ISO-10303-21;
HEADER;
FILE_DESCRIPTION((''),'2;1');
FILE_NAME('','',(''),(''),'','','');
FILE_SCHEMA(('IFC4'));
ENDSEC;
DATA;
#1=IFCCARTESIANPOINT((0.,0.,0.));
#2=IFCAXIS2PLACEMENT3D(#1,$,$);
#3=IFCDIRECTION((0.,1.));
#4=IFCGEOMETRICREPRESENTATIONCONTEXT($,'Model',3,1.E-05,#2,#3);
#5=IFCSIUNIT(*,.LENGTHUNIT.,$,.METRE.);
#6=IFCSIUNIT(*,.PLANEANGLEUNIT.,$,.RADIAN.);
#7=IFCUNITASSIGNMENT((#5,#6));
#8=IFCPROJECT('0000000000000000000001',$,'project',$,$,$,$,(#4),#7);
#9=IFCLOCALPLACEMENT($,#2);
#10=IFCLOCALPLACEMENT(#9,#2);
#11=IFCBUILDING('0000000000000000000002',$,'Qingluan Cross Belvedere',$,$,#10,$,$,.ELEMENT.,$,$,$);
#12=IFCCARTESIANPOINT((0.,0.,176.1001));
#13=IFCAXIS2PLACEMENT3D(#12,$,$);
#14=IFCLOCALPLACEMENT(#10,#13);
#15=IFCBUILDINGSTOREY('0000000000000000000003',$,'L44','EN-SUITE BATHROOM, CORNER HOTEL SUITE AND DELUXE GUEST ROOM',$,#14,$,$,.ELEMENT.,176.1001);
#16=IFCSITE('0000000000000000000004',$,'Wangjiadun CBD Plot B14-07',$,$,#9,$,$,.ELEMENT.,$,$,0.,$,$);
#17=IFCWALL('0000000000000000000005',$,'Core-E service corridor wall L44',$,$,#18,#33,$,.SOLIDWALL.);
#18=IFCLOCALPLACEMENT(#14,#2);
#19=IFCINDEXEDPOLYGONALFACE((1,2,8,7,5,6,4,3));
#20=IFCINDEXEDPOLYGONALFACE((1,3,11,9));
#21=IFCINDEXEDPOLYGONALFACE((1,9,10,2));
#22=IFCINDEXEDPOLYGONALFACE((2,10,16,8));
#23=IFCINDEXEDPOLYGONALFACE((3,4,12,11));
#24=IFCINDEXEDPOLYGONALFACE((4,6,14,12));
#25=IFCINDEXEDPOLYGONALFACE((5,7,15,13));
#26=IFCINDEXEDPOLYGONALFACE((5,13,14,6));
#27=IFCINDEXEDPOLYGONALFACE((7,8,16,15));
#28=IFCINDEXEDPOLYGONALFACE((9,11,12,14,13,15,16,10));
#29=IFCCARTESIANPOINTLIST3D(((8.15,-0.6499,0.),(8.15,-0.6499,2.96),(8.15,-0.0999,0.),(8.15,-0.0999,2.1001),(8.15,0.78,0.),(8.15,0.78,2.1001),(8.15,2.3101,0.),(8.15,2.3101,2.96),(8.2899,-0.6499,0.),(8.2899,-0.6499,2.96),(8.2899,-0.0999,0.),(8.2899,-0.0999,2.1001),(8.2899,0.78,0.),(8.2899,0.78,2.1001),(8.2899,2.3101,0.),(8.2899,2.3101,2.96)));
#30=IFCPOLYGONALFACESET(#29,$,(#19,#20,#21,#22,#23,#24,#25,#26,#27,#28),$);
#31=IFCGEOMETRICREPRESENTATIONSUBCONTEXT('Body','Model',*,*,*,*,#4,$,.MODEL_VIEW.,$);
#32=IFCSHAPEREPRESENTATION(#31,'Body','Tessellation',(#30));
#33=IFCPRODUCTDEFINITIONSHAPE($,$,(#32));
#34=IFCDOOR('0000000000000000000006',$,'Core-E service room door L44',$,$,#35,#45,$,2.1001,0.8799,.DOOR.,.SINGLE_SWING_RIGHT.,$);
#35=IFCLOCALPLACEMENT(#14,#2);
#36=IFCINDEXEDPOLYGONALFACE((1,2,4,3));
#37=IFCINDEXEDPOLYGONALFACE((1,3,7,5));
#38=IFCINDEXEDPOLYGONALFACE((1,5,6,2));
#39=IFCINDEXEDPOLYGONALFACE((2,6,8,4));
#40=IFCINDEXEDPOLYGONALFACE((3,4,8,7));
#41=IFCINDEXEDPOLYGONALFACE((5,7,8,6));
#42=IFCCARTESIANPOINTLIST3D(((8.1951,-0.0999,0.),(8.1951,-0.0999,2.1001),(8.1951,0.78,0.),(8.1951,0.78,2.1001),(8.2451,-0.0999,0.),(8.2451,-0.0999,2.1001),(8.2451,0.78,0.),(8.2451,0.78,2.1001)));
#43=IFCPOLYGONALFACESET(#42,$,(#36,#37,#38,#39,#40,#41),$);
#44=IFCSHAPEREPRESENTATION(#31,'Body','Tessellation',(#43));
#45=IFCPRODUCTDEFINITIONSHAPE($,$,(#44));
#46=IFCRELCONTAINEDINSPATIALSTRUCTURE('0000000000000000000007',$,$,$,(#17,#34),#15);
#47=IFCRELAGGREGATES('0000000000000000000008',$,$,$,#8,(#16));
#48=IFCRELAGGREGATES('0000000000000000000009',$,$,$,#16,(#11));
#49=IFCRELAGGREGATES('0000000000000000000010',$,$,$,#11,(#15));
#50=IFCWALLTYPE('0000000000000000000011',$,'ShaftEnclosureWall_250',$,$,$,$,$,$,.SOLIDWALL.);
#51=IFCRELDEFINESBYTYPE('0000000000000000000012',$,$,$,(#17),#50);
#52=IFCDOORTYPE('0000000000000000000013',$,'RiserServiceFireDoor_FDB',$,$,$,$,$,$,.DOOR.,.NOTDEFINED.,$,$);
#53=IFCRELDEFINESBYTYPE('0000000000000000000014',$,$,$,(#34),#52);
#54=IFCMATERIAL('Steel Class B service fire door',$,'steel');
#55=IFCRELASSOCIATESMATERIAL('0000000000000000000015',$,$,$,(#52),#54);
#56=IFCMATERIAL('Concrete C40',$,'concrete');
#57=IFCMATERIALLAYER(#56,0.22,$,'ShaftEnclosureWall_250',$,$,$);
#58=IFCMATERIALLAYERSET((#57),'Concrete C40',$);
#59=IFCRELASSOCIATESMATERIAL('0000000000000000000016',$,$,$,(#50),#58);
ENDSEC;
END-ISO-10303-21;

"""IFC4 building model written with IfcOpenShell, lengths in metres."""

from ifc_helpers import new_model, si_unit, direction, frame, frame_2d, origin, place, context, subcontext, project, spatial, rectangle, extrude, material, layer, layer_set, type_object, element, fill, save


model = new_model("IFC4")

# Units and contexts
model_context = context("Model", 3, precision=1e-05, world=origin(), true_north=direction((0.0, 1.0)))
body_context = subcontext(model_context, "Body", "Model", "MODEL_VIEW")
ifc_project = project(units=[si_unit("LENGTHUNIT", "METRE"), si_unit("PLANEANGLEUNIT", "RADIAN")], contexts=[model_context])

# Site, building, storey
site_placement = place(None, origin())
site = spatial("IfcSite", under=ifc_project, at=site_placement, Name="Wangjiadun CBD Plot B14-07", CompositionType="ELEMENT", RefElevation=0.0)
building_placement = place(site_placement, origin())
building = spatial("IfcBuilding", under=site, at=building_placement, Name="Qingluan Cross Belvedere", CompositionType="ELEMENT")
storey_placement = place(building_placement, frame((0.0, 0.0, 176.1001)))
storey = spatial("IfcBuildingStorey", under=building, at=storey_placement, Name="L44", Description="EN-SUITE BATHROOM, CORNER HOTEL SUITE AND DELUXE GUEST ROOM", CompositionType="ELEMENT", Elevation=176.1001)

# Shared definitions
ifc_material_1 = material(Name="Steel Class B service fire door", Category="steel")
door_type_1 = type_object("IfcDoorType", Name="RiserServiceFireDoor_FDB", OperationType="NOTDEFINED", PredefinedType="DOOR", material=ifc_material_1)

# Shared definitions
ifc_material_2 = material(Name="Concrete C40", Category="concrete")
ifc_layer_1 = layer(ifc_material_2, 0.22, Name="ShaftEnclosureWall_250")
ifc_layer_set_1 = layer_set([ifc_layer_1], Name="Concrete C40")
wall_type_1 = type_object("IfcWallType", Name="ShaftEnclosureWall_250", PredefinedType="SOLIDWALL", material=ifc_layer_set_1)

# Wall, opening, door
wall_1_placement = place(storey_placement, frame((8.22, -0.6499, 0.0), z_axis=(0.0, 0.0, 1.0), x_axis=(0.0, 1.0, 0.0)))
wall_1 = element("IfcWall", 1, at=wall_1_placement, inside=storey, type_object=wall_type_1, Name="Core-E service corridor wall L44", PredefinedType="SOLIDWALL", context=body_context, shape_type="SweptSolid", body=[
    extrude(rectangle(XDim=2.96, YDim=0.1399, at=frame_2d((1.48, 0.0))), origin(), (0.0, 0.0, 1.0), 2.96),
])
opening_1_placement = place(wall_1_placement, frame((0.55, 0.0, 0.0)))
opening_1 = element("IfcOpeningElement", 2, at=opening_1_placement, cuts=wall_1, PredefinedType="OPENING", context=body_context, shape_type="SweptSolid", body=[
    extrude(rectangle(XDim=0.8799, YDim=2.1001, at=frame_2d((0.4399, 1.05))), frame((0.0, 0.0798, 0.0), z_axis=(0.0, -1.0, 0.0), x_axis=(1.0, 0.0, 0.0)), (0.0, 0.0, 1.0), 0.1599),
])
door_1_placement = place(opening_1_placement, origin())
door_1 = element("IfcDoor", 3, at=door_1_placement, inside=storey, type_object=door_type_1, Name="Core-E service room door L44", OperationType="SINGLE_SWING_RIGHT", OverallHeight=2.1001, OverallWidth=0.8799, PredefinedType="DOOR", context=body_context, shape_type="SweptSolid", body=[
    extrude(rectangle(XDim=0.8799, YDim=2.1001, at=frame_2d((0.4399, 1.05))), frame((0.0, 0.0249, 0.0), z_axis=(0.0, -1.0, 0.0), x_axis=(1.0, 0.0, 0.0)), (0.0, 0.0, 1.0), 0.05),
])
fill(opening_1, door_1)

save(model, "model.ifc")
